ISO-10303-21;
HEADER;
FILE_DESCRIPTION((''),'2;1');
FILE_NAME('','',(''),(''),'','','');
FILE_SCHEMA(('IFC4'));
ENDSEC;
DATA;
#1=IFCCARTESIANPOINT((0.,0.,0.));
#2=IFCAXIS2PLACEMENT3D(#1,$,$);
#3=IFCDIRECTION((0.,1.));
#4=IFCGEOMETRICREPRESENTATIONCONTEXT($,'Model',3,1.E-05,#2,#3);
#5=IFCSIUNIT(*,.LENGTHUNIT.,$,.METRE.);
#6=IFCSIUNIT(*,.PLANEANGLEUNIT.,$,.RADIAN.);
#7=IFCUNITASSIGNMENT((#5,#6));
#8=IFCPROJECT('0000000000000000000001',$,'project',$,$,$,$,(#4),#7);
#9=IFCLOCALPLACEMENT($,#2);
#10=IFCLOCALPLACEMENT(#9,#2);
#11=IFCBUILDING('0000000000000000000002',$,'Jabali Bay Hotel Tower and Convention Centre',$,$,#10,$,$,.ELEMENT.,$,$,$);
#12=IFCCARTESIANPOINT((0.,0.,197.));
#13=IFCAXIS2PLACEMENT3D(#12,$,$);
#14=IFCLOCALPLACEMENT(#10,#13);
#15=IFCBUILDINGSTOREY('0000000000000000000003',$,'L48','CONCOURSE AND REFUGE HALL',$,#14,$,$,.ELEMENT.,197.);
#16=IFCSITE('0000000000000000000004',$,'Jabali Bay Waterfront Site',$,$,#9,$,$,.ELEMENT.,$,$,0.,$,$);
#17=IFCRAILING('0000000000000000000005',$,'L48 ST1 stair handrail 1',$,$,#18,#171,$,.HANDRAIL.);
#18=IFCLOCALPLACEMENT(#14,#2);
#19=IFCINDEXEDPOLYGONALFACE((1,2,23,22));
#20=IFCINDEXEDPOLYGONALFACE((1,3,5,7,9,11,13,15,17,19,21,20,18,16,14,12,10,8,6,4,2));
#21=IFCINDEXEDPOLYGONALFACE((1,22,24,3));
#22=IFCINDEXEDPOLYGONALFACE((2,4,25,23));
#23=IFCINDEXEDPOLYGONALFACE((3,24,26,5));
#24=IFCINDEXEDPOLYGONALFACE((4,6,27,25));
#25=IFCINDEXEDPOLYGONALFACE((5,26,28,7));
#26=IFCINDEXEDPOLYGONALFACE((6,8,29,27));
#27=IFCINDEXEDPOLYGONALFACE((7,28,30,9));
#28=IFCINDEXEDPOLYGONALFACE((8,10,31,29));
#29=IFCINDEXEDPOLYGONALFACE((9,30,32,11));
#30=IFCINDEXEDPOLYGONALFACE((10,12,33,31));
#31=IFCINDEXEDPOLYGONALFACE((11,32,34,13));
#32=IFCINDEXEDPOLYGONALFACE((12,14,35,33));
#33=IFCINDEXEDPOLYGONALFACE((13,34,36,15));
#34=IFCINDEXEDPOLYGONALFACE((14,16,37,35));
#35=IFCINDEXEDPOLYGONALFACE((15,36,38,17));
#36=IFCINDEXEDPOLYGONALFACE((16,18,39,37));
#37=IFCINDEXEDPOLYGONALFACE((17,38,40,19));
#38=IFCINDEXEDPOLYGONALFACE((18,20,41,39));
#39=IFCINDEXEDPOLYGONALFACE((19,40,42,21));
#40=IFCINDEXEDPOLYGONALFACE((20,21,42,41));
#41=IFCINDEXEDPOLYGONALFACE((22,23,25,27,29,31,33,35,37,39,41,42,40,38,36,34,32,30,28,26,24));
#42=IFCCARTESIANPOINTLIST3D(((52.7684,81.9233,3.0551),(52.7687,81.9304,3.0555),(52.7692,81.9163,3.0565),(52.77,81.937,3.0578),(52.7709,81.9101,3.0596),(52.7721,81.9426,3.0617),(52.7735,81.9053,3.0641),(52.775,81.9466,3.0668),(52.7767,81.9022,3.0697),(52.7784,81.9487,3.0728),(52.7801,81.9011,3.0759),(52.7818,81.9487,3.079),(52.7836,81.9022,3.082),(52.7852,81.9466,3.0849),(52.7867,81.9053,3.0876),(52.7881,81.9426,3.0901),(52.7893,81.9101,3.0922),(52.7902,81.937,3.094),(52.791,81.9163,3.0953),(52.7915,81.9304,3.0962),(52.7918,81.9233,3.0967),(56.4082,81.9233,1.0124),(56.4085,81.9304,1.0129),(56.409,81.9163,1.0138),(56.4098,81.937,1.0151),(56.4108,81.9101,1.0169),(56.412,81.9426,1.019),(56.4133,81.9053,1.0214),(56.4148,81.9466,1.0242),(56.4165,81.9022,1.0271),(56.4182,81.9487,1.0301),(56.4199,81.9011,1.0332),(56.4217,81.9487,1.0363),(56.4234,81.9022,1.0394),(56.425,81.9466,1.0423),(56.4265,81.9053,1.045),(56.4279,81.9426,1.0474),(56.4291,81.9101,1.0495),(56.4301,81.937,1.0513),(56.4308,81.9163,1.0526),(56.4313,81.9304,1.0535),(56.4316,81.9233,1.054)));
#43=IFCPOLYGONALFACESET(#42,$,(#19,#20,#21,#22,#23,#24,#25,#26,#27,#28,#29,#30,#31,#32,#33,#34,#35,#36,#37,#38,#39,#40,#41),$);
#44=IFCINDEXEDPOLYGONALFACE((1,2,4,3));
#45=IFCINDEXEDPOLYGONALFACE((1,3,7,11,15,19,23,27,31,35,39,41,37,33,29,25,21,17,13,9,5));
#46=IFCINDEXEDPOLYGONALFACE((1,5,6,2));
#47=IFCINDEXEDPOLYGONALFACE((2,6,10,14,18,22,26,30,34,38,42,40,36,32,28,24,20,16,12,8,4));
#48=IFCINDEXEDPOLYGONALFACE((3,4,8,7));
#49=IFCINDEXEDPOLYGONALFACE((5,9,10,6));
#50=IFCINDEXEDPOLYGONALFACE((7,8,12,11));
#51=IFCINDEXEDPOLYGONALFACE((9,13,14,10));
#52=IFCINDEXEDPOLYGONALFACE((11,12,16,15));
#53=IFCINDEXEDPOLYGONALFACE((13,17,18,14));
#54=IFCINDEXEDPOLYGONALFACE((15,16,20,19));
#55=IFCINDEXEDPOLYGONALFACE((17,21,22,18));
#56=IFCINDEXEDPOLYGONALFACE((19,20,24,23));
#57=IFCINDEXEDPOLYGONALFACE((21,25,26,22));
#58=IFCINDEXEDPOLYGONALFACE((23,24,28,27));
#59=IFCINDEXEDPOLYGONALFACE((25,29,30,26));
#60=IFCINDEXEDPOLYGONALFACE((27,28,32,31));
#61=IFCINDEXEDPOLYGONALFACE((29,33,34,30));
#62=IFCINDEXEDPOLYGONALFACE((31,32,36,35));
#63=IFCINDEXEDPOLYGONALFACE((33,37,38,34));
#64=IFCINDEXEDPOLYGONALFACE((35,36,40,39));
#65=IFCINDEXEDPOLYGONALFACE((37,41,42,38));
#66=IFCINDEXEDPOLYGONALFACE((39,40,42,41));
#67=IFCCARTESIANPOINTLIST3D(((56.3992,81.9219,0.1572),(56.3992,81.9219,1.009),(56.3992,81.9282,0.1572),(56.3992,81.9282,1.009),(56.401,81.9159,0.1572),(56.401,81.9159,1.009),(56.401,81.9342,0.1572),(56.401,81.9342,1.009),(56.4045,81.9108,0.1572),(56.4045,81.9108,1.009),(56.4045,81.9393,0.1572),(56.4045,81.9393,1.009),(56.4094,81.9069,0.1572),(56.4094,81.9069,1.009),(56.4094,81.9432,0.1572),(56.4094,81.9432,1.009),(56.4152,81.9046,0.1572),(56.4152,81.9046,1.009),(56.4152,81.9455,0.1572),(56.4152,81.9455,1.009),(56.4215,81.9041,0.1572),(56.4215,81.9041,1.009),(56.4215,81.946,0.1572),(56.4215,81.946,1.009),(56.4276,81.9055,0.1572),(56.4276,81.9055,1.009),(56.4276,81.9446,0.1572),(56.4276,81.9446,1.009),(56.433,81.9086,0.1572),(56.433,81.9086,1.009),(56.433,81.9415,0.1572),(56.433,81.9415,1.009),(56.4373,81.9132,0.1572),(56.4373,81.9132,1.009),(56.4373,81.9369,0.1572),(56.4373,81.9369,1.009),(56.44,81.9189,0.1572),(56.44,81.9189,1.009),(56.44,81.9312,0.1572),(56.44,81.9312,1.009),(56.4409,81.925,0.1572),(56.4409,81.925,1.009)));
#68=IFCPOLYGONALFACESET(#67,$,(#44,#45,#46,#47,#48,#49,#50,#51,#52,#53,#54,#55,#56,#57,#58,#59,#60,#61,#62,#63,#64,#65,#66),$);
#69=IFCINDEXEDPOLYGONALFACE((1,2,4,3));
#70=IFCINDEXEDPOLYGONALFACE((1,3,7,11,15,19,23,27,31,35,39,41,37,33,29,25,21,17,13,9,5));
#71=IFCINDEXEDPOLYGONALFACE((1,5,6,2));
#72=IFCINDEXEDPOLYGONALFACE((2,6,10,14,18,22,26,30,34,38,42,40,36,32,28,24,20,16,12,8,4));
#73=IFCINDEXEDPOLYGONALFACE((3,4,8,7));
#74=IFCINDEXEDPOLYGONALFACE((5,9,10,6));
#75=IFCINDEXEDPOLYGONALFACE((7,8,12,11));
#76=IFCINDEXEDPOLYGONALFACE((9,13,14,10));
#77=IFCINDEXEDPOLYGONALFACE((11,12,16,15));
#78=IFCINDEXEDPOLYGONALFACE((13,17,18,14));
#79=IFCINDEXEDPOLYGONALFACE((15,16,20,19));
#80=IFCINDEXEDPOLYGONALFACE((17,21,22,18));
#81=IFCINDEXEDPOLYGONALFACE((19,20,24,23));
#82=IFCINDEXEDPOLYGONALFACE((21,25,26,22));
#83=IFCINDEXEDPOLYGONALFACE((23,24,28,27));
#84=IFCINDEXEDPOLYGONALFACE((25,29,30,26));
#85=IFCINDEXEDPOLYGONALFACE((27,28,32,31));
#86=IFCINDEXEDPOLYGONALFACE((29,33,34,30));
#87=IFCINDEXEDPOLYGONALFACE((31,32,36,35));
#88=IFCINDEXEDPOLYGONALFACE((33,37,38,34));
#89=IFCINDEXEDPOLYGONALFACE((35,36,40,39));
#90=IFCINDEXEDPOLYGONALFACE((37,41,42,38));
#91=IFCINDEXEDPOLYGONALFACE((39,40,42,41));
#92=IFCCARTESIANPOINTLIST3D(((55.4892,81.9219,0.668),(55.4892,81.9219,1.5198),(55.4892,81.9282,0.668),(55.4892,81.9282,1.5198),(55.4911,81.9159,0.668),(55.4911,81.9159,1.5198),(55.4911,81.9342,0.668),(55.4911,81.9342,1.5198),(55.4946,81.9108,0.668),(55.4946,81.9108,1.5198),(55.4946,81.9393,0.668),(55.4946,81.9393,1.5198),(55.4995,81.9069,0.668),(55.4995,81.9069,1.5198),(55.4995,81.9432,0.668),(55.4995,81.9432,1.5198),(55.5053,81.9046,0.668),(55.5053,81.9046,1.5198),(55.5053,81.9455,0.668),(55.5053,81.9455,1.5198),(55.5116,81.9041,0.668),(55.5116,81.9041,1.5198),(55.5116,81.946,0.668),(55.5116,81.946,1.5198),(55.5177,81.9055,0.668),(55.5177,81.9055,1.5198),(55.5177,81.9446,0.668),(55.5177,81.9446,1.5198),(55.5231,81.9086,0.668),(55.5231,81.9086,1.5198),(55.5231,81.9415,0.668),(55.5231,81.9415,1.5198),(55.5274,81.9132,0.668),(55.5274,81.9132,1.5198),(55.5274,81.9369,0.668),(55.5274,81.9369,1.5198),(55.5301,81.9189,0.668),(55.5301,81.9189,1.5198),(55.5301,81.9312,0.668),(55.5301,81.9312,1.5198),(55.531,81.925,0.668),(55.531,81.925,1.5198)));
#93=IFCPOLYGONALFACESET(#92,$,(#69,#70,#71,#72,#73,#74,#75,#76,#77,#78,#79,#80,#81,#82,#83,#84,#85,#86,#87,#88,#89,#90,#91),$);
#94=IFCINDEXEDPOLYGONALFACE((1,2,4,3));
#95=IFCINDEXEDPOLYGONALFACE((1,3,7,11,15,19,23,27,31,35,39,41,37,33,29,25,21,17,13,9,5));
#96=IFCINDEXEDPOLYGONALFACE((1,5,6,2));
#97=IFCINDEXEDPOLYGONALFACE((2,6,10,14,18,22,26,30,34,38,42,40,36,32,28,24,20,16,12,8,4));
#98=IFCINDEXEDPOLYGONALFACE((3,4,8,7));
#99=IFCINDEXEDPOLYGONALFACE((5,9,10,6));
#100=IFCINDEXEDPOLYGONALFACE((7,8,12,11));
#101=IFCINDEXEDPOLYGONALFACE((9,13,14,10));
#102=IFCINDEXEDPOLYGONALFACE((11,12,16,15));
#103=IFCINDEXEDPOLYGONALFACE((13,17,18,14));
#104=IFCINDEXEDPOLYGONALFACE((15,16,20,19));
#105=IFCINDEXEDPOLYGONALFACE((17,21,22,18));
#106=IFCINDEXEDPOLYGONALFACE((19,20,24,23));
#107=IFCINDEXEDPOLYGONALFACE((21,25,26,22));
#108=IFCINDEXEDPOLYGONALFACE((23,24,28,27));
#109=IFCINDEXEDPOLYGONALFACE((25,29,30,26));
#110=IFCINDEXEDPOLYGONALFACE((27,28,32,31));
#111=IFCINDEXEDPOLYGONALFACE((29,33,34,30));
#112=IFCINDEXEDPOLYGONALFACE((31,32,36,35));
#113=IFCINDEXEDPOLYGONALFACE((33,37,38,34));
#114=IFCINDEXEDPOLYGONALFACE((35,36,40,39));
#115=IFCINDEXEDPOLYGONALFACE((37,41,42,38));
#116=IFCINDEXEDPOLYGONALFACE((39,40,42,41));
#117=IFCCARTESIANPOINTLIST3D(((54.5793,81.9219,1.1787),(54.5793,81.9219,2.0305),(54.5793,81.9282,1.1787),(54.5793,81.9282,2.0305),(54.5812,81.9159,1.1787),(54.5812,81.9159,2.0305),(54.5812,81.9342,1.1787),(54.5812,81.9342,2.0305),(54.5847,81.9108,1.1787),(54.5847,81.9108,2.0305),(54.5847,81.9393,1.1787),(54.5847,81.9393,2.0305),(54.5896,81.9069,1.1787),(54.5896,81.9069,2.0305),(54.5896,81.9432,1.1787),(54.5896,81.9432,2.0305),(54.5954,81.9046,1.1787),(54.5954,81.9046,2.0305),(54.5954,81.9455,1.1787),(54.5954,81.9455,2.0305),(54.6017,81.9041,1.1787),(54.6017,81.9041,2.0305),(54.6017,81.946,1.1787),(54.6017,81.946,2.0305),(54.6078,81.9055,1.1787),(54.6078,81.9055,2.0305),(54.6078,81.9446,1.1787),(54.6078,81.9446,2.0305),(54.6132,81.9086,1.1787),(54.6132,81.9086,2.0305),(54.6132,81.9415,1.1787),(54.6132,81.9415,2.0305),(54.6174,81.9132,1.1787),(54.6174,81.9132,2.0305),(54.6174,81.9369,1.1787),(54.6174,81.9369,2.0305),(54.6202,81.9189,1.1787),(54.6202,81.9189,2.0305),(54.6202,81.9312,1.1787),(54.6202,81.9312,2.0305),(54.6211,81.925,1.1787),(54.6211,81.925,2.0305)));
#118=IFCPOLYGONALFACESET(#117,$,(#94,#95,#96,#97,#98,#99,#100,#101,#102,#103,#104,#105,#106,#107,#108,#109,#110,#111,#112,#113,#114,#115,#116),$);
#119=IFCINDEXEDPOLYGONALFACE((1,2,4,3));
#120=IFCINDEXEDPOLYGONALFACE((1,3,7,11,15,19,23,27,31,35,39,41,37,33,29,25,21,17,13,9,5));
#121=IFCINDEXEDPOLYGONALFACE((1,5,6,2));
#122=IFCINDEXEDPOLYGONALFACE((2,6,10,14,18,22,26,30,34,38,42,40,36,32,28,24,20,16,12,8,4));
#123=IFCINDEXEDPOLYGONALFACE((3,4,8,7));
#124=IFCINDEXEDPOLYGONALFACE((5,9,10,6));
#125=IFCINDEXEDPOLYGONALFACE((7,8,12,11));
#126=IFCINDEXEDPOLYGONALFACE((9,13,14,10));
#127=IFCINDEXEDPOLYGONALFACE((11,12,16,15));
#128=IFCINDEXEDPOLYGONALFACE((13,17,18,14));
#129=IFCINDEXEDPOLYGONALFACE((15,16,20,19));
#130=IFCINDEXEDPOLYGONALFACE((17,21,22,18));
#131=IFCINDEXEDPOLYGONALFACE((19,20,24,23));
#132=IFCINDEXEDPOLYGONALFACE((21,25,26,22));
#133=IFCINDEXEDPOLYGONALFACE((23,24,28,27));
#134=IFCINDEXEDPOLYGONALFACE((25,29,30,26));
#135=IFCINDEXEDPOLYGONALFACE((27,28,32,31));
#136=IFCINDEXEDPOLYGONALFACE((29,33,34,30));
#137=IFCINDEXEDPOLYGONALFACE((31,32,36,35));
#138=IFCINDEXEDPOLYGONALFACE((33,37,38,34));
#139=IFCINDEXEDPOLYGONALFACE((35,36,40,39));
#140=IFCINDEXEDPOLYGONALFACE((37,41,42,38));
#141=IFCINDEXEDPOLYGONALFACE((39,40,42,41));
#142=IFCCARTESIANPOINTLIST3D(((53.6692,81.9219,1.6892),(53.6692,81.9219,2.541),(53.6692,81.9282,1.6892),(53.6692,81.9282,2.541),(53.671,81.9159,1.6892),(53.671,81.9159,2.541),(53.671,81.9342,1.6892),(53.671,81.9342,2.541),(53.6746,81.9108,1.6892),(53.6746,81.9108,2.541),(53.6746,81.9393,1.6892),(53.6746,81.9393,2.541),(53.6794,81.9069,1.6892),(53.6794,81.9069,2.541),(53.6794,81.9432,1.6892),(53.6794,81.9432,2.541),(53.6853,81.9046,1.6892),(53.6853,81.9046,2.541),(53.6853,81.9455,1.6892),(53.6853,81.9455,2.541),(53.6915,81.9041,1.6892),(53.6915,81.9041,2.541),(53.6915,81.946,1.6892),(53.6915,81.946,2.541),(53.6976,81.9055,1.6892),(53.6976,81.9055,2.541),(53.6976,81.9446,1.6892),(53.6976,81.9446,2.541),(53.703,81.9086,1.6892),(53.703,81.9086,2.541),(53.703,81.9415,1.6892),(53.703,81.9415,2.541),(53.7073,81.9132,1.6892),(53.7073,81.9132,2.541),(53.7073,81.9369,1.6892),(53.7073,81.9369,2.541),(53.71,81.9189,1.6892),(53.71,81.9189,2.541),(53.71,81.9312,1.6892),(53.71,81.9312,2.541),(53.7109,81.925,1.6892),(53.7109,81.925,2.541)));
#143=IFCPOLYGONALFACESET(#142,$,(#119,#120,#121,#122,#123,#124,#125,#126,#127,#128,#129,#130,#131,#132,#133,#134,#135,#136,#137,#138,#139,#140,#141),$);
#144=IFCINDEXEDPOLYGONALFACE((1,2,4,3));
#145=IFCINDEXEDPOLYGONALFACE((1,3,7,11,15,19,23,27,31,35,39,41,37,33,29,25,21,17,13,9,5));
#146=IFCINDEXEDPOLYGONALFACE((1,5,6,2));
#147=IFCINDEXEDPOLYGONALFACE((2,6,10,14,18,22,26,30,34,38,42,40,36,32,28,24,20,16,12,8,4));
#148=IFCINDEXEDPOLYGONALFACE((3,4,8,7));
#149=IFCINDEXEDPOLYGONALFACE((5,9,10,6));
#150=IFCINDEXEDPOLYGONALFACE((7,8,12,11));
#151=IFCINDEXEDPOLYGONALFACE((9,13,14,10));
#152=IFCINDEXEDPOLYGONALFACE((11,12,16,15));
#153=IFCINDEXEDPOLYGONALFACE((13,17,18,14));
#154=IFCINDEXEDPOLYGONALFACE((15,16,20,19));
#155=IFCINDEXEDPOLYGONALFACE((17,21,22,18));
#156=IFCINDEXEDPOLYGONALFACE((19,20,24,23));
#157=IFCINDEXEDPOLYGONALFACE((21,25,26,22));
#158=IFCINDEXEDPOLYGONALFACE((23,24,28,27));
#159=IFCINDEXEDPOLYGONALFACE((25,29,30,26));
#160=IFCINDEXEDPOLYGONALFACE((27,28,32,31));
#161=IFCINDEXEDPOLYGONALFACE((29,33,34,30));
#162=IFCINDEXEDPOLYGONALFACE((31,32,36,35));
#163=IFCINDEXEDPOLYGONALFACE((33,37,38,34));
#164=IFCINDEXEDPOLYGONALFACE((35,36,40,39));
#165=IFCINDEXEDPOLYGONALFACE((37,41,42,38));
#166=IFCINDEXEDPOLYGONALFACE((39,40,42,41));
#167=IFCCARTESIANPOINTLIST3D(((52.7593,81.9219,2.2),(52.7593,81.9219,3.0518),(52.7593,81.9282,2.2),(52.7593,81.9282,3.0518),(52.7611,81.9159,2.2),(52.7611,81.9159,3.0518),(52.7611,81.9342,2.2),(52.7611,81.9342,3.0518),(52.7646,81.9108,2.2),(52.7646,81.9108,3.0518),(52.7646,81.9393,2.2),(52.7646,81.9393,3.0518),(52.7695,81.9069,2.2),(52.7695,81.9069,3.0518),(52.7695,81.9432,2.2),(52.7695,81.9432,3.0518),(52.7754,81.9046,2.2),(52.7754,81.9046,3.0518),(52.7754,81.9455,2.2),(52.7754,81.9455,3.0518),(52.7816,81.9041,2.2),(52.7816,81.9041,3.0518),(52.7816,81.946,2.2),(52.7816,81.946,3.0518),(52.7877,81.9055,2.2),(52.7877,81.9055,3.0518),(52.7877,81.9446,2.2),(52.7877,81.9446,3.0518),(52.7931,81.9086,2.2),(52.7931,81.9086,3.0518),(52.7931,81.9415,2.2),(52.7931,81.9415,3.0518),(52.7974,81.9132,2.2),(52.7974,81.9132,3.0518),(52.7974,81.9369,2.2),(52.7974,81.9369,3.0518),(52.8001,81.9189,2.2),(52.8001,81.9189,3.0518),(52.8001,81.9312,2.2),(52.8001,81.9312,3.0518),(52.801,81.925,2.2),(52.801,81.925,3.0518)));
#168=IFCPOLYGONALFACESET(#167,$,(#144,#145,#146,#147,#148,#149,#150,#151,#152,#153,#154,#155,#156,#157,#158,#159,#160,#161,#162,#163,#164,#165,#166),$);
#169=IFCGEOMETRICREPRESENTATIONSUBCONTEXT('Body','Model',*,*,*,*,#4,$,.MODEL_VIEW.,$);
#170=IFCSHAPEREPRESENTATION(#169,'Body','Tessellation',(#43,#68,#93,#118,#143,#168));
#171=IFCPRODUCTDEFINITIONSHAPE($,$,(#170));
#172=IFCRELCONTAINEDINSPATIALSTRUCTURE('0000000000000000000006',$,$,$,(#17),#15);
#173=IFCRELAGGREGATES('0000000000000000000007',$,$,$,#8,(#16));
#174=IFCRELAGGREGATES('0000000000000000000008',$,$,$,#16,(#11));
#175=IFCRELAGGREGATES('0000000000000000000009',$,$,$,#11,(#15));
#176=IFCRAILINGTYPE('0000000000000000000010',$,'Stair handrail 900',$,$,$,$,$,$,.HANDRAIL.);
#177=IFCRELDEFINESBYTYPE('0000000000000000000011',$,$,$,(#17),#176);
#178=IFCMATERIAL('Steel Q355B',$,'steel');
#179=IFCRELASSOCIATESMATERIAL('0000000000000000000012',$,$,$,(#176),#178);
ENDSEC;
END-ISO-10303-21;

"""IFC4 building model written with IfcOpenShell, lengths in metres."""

from ifc_helpers import new_model, si_unit, direction, frame, origin, origin_2d, place, context, subcontext, project, spatial, circle, extrude, material, type_object, element, save


model = new_model("IFC4")

# Units and contexts
model_context = context("Model", 3, precision=1e-05, world=origin(), true_north=direction((0.0, 1.0)))
body_context = subcontext(model_context, "Body", "Model", "MODEL_VIEW")
ifc_project = project(units=[si_unit("LENGTHUNIT", "METRE"), si_unit("PLANEANGLEUNIT", "RADIAN")], contexts=[model_context])

# Site, building, storey
site_placement = place(None, origin())
site = spatial("IfcSite", under=ifc_project, at=site_placement, Name="Jabali Bay Waterfront Site", CompositionType="ELEMENT", RefElevation=0.0)
building_placement = place(site_placement, origin())
building = spatial("IfcBuilding", under=site, at=building_placement, Name="Jabali Bay Hotel Tower and Convention Centre", CompositionType="ELEMENT")
storey_placement = place(building_placement, frame((0.0, 0.0, 197.0)))
storey = spatial("IfcBuildingStorey", under=building, at=storey_placement, Name="L48", Description="CONCOURSE AND REFUGE HALL", CompositionType="ELEMENT", Elevation=197.0)

# Railing
ifc_material_1 = material(Name="Steel Q355B", Category="steel")
railing_type_1 = type_object("IfcRailingType", Name="Stair handrail 900", PredefinedType="HANDRAIL", material=ifc_material_1)
railing_1_placement = place(storey_placement, frame((56.4199, 81.925, 0.1572)))
element("IfcRailing", 1, at=railing_1_placement, inside=storey, type_object=railing_type_1, Name="L48 ST1 stair handrail 1", PredefinedType="HANDRAIL", context=body_context, shape_type="SweptSolid", body=[
    extrude(circle(Radius=0.0239, at=origin_2d()), frame((0.0, 0.0, 0.876), z_axis=(-0.872058, 0.0, 0.489403), x_axis=(0.0, -1.0, 0.0)), (0.0, 0.0, 1.0), 4.1738),
    extrude(circle(Radius=0.021, at=origin_2d()), origin(), (0.0, 0.0, 1.0), 0.8518),
    extrude(circle(Radius=0.021, at=origin_2d()), frame((-0.9099, 0.0, 0.5107)), (0.0, 0.0, 1.0), 0.8518),
    extrude(circle(Radius=0.021, at=origin_2d()), frame((-1.8198, 0.0, 1.0215)), (0.0, 0.0, 1.0), 0.8518),
    extrude(circle(Radius=0.021, at=origin_2d()), frame((-2.73, 0.0, 1.532)), (0.0, 0.0, 1.0), 0.8518),
    extrude(circle(Radius=0.021, at=origin_2d()), frame((-3.6399, 0.0, 2.0427)), (0.0, 0.0, 1.0), 0.8518),
])

save(model, "model.ifc")
